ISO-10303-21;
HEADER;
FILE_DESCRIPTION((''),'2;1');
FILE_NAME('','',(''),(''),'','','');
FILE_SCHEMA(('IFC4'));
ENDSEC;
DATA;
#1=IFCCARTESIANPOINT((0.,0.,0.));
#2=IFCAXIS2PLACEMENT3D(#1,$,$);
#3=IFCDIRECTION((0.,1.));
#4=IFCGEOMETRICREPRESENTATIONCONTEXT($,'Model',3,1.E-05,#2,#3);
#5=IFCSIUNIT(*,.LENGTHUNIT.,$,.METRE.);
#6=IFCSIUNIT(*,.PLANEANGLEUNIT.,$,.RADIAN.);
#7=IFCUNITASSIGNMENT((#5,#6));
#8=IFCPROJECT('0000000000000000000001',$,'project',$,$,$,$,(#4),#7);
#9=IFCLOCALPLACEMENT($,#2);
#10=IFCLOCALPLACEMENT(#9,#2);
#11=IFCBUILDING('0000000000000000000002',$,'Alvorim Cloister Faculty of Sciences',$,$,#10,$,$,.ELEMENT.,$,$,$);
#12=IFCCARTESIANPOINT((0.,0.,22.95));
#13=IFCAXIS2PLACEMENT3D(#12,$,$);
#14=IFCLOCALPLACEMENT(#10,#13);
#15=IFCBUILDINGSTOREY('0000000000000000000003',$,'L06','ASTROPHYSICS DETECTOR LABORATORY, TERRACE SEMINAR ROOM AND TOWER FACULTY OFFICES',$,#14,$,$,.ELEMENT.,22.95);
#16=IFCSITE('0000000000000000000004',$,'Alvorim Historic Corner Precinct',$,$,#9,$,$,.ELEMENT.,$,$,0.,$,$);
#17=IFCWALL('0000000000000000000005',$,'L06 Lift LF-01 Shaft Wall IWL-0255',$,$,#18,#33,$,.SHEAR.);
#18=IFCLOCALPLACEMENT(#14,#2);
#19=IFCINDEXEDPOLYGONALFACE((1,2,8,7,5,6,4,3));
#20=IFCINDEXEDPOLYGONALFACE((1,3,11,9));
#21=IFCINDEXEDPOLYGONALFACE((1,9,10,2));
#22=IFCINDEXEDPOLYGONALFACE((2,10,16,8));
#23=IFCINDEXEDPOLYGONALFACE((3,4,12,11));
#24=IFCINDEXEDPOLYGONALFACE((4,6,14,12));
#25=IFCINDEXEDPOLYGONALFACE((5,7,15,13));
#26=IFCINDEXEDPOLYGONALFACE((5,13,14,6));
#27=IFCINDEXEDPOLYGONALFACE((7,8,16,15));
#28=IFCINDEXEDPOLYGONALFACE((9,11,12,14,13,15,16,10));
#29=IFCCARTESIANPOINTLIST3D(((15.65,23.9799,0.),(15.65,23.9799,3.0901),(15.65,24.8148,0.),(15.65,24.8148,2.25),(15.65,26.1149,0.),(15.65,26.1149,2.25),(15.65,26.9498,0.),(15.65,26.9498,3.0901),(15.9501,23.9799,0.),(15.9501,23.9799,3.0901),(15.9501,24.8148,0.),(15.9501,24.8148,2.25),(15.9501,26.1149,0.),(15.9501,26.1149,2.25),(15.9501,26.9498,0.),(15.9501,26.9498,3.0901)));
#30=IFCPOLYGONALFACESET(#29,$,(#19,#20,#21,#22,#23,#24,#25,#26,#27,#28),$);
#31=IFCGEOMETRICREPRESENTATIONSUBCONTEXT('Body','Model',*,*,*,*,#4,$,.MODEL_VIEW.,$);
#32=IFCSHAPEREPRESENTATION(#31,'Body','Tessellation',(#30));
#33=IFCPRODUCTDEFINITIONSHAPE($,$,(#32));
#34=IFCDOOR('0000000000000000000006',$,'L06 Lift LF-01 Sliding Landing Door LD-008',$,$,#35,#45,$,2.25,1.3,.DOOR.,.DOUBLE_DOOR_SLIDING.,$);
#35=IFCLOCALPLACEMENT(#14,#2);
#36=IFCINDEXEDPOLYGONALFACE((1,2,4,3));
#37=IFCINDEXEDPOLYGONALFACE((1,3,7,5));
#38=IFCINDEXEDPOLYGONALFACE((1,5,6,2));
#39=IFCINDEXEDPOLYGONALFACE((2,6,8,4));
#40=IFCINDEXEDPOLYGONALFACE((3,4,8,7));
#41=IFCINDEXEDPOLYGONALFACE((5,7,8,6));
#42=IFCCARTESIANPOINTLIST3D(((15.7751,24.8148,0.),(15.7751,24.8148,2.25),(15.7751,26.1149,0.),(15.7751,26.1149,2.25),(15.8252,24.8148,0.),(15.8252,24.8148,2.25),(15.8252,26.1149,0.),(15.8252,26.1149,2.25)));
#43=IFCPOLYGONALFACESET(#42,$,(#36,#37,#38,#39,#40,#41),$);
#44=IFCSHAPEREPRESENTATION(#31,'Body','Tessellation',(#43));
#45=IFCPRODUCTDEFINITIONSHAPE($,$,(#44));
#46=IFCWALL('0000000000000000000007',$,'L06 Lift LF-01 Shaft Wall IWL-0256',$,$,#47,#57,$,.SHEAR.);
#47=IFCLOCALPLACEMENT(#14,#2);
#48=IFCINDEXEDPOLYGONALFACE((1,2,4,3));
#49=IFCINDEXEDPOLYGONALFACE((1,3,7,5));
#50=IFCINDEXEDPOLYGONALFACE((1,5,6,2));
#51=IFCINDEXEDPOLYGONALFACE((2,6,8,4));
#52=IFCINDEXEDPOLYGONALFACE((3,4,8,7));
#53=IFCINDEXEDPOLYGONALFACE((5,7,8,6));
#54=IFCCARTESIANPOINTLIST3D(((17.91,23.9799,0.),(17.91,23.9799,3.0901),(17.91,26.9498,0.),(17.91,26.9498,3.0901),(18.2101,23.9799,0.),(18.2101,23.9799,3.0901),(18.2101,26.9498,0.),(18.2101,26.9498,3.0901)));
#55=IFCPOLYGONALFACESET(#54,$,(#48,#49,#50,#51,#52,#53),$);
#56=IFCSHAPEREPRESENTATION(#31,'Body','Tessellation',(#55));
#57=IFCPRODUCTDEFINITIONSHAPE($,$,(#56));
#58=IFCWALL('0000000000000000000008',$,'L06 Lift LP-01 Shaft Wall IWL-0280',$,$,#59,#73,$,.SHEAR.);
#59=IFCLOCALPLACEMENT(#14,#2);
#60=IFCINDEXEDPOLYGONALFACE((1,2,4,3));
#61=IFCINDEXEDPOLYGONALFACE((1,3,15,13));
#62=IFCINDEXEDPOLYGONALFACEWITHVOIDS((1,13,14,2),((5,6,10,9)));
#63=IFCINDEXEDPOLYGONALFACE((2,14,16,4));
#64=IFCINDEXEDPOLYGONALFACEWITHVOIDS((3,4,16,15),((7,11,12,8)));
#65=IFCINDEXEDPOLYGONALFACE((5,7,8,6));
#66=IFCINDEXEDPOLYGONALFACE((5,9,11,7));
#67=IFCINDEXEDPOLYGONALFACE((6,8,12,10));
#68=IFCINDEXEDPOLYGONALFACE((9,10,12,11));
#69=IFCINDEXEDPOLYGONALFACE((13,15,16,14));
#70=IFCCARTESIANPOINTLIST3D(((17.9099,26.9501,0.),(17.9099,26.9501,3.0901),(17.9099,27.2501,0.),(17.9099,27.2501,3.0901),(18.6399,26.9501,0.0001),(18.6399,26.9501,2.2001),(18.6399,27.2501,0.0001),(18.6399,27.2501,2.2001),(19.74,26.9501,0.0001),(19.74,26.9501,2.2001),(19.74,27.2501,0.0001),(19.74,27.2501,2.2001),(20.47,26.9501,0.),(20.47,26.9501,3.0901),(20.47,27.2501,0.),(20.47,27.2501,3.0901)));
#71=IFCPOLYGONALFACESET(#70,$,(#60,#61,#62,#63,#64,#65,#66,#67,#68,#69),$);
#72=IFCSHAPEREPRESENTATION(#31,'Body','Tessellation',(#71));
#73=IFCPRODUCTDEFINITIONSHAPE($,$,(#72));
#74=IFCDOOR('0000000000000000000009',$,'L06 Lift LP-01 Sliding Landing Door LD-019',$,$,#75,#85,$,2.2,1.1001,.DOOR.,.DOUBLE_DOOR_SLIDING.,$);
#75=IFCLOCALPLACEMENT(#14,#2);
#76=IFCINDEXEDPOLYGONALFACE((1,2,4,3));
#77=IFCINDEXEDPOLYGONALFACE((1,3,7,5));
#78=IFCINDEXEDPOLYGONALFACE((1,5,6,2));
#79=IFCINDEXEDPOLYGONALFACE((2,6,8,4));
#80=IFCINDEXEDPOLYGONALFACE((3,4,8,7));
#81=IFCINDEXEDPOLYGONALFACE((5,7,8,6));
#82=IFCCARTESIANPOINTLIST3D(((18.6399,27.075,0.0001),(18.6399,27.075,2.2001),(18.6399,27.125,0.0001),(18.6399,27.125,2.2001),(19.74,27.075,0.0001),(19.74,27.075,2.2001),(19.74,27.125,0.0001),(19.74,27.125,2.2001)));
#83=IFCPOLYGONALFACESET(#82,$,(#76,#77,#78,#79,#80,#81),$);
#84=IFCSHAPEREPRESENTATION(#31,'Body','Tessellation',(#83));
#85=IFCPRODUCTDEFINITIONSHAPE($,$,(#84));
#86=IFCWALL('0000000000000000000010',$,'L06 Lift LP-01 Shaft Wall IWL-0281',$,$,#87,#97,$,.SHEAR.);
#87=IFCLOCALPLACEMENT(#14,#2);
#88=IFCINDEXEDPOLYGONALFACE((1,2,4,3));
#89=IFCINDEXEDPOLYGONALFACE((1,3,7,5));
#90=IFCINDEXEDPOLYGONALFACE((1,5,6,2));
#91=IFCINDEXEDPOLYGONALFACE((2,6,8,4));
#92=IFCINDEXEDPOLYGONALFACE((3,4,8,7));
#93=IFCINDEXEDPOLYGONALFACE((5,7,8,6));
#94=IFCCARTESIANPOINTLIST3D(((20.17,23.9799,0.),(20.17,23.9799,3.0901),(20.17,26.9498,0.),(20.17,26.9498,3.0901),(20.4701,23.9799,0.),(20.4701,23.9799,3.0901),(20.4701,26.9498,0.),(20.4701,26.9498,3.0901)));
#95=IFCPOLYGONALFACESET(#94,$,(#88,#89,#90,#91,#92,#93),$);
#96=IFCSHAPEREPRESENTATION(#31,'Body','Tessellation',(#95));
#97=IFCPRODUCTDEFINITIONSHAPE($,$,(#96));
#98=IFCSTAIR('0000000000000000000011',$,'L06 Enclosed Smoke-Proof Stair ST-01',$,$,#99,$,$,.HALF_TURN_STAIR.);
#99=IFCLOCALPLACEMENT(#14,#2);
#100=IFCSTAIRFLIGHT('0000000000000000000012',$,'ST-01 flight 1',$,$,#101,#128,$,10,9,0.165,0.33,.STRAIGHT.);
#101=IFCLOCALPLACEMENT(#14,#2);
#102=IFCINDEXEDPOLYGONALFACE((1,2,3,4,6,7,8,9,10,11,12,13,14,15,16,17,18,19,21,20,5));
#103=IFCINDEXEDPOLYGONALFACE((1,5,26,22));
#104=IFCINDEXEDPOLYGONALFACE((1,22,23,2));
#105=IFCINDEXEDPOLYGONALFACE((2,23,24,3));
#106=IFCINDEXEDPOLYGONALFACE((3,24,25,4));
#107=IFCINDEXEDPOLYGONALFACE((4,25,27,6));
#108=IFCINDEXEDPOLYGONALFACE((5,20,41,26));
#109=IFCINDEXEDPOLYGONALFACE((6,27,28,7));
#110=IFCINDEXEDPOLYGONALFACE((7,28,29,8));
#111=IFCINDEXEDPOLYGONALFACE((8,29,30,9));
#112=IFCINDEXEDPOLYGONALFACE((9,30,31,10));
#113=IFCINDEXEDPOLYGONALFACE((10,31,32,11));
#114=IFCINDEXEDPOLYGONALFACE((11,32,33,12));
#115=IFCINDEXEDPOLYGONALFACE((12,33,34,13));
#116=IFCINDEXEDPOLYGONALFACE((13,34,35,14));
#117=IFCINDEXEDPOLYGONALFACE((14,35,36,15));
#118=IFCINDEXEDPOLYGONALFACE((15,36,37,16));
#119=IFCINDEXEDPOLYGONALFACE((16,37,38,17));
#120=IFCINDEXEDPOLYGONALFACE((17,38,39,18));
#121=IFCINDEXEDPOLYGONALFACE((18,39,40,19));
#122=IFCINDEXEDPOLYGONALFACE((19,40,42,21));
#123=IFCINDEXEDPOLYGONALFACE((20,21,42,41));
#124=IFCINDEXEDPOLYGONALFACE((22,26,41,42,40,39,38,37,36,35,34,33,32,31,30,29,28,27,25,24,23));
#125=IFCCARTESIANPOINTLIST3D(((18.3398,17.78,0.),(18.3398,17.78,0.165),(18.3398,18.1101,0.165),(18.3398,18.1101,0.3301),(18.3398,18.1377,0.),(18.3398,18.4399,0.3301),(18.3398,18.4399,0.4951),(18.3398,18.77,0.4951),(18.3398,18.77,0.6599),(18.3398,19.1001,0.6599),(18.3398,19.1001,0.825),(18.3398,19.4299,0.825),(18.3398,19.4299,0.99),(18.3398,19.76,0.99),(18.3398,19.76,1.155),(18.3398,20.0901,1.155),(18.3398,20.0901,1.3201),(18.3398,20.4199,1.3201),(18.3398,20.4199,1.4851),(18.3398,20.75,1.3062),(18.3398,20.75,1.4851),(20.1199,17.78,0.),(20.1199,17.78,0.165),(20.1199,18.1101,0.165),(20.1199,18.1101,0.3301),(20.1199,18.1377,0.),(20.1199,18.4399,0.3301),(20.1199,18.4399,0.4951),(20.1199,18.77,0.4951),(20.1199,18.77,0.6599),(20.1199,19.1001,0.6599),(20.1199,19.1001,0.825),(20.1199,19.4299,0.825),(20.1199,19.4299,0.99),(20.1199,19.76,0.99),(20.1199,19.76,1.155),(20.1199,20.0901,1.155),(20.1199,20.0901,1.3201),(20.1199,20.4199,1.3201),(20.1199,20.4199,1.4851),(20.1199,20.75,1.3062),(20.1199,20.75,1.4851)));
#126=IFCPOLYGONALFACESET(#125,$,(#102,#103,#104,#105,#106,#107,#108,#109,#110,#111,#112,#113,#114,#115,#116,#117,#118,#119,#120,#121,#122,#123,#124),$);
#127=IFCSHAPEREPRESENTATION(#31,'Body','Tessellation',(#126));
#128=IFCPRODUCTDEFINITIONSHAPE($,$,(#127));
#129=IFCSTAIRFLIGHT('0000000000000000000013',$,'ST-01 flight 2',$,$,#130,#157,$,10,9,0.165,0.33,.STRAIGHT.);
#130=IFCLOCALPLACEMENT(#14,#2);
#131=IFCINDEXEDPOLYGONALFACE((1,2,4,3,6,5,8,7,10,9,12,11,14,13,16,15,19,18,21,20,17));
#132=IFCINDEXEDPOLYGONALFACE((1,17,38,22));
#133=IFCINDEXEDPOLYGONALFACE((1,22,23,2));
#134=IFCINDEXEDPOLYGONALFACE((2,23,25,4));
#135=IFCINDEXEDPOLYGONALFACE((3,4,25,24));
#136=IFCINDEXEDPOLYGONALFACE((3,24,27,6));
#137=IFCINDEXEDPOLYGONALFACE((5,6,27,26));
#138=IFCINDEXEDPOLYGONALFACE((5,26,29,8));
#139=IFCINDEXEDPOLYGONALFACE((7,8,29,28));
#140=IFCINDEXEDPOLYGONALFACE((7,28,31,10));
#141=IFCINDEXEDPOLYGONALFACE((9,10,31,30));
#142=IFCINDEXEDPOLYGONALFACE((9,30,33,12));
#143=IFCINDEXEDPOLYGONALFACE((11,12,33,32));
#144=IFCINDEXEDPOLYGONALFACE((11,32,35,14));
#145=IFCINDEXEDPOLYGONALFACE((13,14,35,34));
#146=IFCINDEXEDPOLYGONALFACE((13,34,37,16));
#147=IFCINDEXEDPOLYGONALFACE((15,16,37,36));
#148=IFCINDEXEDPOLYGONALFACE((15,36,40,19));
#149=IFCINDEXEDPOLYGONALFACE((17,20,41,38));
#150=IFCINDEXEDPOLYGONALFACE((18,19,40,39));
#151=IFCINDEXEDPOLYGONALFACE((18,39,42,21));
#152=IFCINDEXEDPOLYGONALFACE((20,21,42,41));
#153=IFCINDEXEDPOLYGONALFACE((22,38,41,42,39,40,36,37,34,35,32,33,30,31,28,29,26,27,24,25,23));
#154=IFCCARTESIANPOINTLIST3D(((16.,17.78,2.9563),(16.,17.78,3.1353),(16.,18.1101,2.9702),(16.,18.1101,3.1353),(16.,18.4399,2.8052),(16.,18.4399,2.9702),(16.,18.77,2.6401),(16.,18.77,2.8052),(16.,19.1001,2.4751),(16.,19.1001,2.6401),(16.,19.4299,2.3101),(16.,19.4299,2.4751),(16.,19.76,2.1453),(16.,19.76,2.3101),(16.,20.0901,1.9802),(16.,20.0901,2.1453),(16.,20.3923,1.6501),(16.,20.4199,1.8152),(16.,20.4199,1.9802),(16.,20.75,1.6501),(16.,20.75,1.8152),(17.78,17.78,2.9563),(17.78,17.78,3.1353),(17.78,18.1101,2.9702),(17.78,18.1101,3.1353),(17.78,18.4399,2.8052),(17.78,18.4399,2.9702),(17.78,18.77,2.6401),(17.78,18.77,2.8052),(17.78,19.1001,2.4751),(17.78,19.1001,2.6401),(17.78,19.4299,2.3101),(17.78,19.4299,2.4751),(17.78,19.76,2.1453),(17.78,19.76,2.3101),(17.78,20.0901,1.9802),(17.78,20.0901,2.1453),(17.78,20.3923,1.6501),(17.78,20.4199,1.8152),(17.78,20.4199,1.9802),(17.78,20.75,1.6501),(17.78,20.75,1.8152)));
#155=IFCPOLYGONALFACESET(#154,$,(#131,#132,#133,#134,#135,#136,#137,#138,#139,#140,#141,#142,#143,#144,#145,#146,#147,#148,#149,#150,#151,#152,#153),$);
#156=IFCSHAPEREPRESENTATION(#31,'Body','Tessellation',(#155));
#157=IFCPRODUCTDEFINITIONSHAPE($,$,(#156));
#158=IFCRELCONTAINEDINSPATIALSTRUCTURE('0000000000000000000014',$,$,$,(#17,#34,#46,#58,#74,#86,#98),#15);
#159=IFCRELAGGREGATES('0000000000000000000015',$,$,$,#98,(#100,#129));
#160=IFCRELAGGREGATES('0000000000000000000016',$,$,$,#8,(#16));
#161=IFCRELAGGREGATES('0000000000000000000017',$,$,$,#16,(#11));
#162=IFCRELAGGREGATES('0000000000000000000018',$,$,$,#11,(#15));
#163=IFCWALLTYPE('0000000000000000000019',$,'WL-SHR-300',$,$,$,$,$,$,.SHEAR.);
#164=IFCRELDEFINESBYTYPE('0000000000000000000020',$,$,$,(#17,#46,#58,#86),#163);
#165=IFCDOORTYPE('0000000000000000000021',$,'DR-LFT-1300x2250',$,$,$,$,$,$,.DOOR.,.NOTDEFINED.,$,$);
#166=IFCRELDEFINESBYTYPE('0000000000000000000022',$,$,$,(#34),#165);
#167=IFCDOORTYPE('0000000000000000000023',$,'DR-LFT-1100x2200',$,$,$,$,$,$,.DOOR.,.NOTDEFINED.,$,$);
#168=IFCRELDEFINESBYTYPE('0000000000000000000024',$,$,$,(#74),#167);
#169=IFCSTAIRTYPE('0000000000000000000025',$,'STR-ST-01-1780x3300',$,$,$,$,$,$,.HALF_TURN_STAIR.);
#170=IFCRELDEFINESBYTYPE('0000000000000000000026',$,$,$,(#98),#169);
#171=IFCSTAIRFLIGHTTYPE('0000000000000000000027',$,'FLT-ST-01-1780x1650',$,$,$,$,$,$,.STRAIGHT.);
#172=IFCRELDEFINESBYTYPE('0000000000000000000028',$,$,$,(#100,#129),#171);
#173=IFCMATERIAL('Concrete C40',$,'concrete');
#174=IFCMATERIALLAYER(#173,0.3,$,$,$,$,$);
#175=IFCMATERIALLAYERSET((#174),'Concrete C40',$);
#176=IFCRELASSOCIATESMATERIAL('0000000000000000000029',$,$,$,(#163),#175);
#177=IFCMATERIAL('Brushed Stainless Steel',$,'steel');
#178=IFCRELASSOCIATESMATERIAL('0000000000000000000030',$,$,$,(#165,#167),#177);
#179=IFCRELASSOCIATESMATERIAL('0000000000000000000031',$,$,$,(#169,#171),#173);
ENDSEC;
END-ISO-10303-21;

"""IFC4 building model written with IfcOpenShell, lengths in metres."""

from ifc_helpers import new_model, si_unit, direction, frame, frame_2d, origin, place, context, subcontext, project, spatial, polyline, rectangle, outline, extrude, material, layer, layer_set, type_object, element, fill, aggregate, save


model = new_model("IFC4")

# Units and contexts
model_context = context("Model", 3, precision=1e-05, world=origin(), true_north=direction((0.0, 1.0)))
body_context = subcontext(model_context, "Body", "Model", "MODEL_VIEW")
ifc_project = project(units=[si_unit("LENGTHUNIT", "METRE"), si_unit("PLANEANGLEUNIT", "RADIAN")], contexts=[model_context])

# Site, building, storey
site_placement = place(None, origin())
site = spatial("IfcSite", under=ifc_project, at=site_placement, Name="Alvorim Historic Corner Precinct", CompositionType="ELEMENT", RefElevation=0.0)
building_placement = place(site_placement, origin())
building = spatial("IfcBuilding", under=site, at=building_placement, Name="Alvorim Cloister Faculty of Sciences", CompositionType="ELEMENT")
storey_placement = place(building_placement, frame((0.0, 0.0, 22.95)))
storey = spatial("IfcBuildingStorey", under=building, at=storey_placement, Name="L06", Description="ASTROPHYSICS DETECTOR LABORATORY, TERRACE SEMINAR ROOM AND TOWER FACULTY OFFICES", CompositionType="ELEMENT", Elevation=22.95)

# Shared definitions
ifc_material_1 = material(Name="Concrete C40", Category="concrete")
ifc_layer = layer(ifc_material_1, 0.3)
ifc_layer_set = layer_set([ifc_layer], Name="Concrete C40")
wall_type = type_object("IfcWallType", Name="WL-SHR-300", PredefinedType="SHEAR", material=ifc_layer_set)

# Wall, opening, door
wall_1_placement = place(storey_placement, frame((15.8, 23.98, 0.0), z_axis=(0.0, 0.0, 1.0), x_axis=(0.0, 1.0, 0.0)))
wall_1 = element("IfcWall", 1, at=wall_1_placement, inside=storey, type_object=wall_type, Name="L06 Lift LF-01 Shaft Wall IWL-0255", PredefinedType="SHEAR", context=body_context, shape_type="SweptSolid", body=[
    extrude(rectangle(XDim=2.97, YDim=0.3, at=frame_2d((1.4849, 0.0))), origin(), (0.0, 0.0, 1.0), 3.0901),
])
opening_1_placement = place(wall_1_placement, frame((0.835, 0.0, 0.0)))
opening_1 = element("IfcOpeningElement", 2, at=opening_1_placement, cuts=wall_1, PredefinedType="OPENING", context=body_context, shape_type="SweptSolid", body=[
    extrude(rectangle(XDim=1.3, YDim=2.25, at=frame_2d((0.6499, 1.125))), frame((0.0, 0.1621, 0.0), z_axis=(0.0, -1.0, 0.0), x_axis=(1.0, 0.0, 0.0)), (0.0, 0.0, 1.0), 0.324),
])
ifc_material_2 = material(Name="Brushed Stainless Steel", Category="steel")
door_type_1 = type_object("IfcDoorType", Name="DR-LFT-1300x2250", OperationType="NOTDEFINED", PredefinedType="DOOR", material=ifc_material_2)
door_1_placement = place(opening_1_placement, origin())
door_1 = element("IfcDoor", 3, at=door_1_placement, inside=storey, type_object=door_type_1, Name="L06 Lift LF-01 Sliding Landing Door LD-008", OperationType="DOUBLE_DOOR_SLIDING", OverallHeight=2.25, OverallWidth=1.3, PredefinedType="DOOR", context=body_context, shape_type="SweptSolid", body=[
    extrude(rectangle(XDim=1.3, YDim=2.25, at=frame_2d((0.6499, 1.125))), frame((0.0, 0.0249, 0.0), z_axis=(0.0, -1.0, 0.0), x_axis=(1.0, 0.0, 0.0)), (0.0, 0.0, 1.0), 0.05),
])
fill(opening_1, door_1)

# Wall
wall_2_placement = place(storey_placement, frame((18.0601, 23.98, 0.0), z_axis=(0.0, 0.0, 1.0), x_axis=(0.0, 1.0, 0.0)))
element("IfcWall", 4, at=wall_2_placement, inside=storey, type_object=wall_type, Name="L06 Lift LF-01 Shaft Wall IWL-0256", PredefinedType="SHEAR", context=body_context, shape_type="SweptSolid", body=[
    extrude(rectangle(XDim=2.97, YDim=0.3, at=frame_2d((1.4849, 0.0))), origin(), (0.0, 0.0, 1.0), 3.0901),
])

# Wall, opening, door
wall_3_placement = place(storey_placement, frame((17.9099, 27.1001, 0.0), z_axis=(0.0, 0.0, 1.0), x_axis=(1.0, 0.0, 0.0)))
wall_3 = element("IfcWall", 5, at=wall_3_placement, inside=storey, type_object=wall_type, Name="L06 Lift LP-01 Shaft Wall IWL-0280", PredefinedType="SHEAR", context=body_context, shape_type="SweptSolid", body=[
    extrude(rectangle(XDim=2.5601, YDim=0.3, at=frame_2d((1.28, 0.0))), origin(), (0.0, 0.0, 1.0), 3.0901),
])
opening_2_placement = place(wall_3_placement, frame((0.73, 0.0, 0.0)))
opening_2 = element("IfcOpeningElement", 6, at=opening_2_placement, cuts=wall_3, PredefinedType="OPENING", context=body_context, shape_type="SweptSolid", body=[
    extrude(rectangle(XDim=1.1001, YDim=2.2, at=frame_2d((0.55, 1.1001))), frame((0.0, 0.1621, 0.0), z_axis=(0.0, -1.0, 0.0), x_axis=(1.0, 0.0, 0.0)), (0.0, 0.0, 1.0), 0.324),
])
door_type_2 = type_object("IfcDoorType", Name="DR-LFT-1100x2200", OperationType="NOTDEFINED", PredefinedType="DOOR", material=ifc_material_2)
door_2_placement = place(opening_2_placement, origin())
door_2 = element("IfcDoor", 7, at=door_2_placement, inside=storey, type_object=door_type_2, Name="L06 Lift LP-01 Sliding Landing Door LD-019", OperationType="DOUBLE_DOOR_SLIDING", OverallHeight=2.2, OverallWidth=1.1001, PredefinedType="DOOR", context=body_context, shape_type="SweptSolid", body=[
    extrude(rectangle(XDim=1.1001, YDim=2.2, at=frame_2d((0.55, 1.1001))), frame((0.0, 0.0249, 0.0), z_axis=(0.0, -1.0, 0.0), x_axis=(1.0, 0.0, 0.0)), (0.0, 0.0, 1.0), 0.05),
])
fill(opening_2, door_2)

# Wall
wall_4_placement = place(storey_placement, frame((20.3201, 23.98, 0.0), z_axis=(0.0, 0.0, 1.0), x_axis=(0.0, 1.0, 0.0)))
element("IfcWall", 8, at=wall_4_placement, inside=storey, type_object=wall_type, Name="L06 Lift LP-01 Shaft Wall IWL-0281", PredefinedType="SHEAR", context=body_context, shape_type="SweptSolid", body=[
    extrude(rectangle(XDim=2.97, YDim=0.3, at=frame_2d((1.4849, 0.0))), origin(), (0.0, 0.0, 1.0), 3.0901),
])

# Stair, stair flights
stair_type = type_object("IfcStairType", Name="STR-ST-01-1780x3300", PredefinedType="HALF_TURN_STAIR", material=ifc_material_1)
stair_placement = place(storey_placement, origin())
stair = element("IfcStair", 9, at=stair_placement, inside=storey, type_object=stair_type, Name="L06 Enclosed Smoke-Proof Stair ST-01", PredefinedType="HALF_TURN_STAIR")
stair_flight_type = type_object("IfcStairFlightType", Name="FLT-ST-01-1780x1650", PredefinedType="STRAIGHT", material=ifc_material_1)
stair_flight_1_placement = place(storey_placement, frame((19.23, 17.78, 0.0), z_axis=(0.0, 0.0, 1.0), x_axis=(0.0, 1.0, 0.0)))
stair_flight_1 = element("IfcStairFlight", 10, at=stair_flight_1_placement, type_object=stair_flight_type, Name="ST-01 flight 1", NumberOfRisers=10, NumberOfTreads=9, PredefinedType="STRAIGHT", RiserHeight=0.165, TreadLength=0.33, context=body_context, shape_type="SweptSolid", body=[
    extrude(outline(polyline([(0.3577, 0.0), (2.97, 1.3062), (2.97, 1.6499), (2.97, 1.4851), (2.6399, 1.4851), (2.6399, 1.3201), (2.3101, 1.3201), (2.3101, 1.155), (1.98, 1.155), (1.98, 0.99), (1.6499, 0.99), (1.6499, 0.825), (1.3201, 0.825), (1.3201, 0.6599), (0.99, 0.6599), (0.99, 0.4951), (0.6599, 0.4951), (0.6599, 0.3301), (0.3301, 0.3301), (0.3301, 0.165), (0.0, 0.165), (0.0, 0.0), (0.3577, 0.0)])), frame((0.0, 0.8901, 0.0), z_axis=(0.0, -1.0, 0.0), x_axis=(1.0, 0.0, 0.0)), (0.0, 0.0, 1.0), 1.78),
])
stair_flight_2_placement = place(storey_placement, frame((16.8899, 20.75, 1.6501), z_axis=(0.0, 0.0, 1.0), x_axis=(0.0, -1.0, 0.0)))
stair_flight_2 = element("IfcStairFlight", 11, at=stair_flight_2_placement, type_object=stair_flight_type, Name="ST-01 flight 2", NumberOfRisers=10, NumberOfTreads=9, PredefinedType="STRAIGHT", RiserHeight=0.165, TreadLength=0.33, context=body_context, shape_type="SweptSolid", body=[
    extrude(outline(polyline([(0.3577, 0.0), (2.97, 1.3062), (2.97, 1.6499), (2.97, 1.4851), (2.6399, 1.4851), (2.6399, 1.3201), (2.3101, 1.3201), (2.3101, 1.155), (1.98, 1.155), (1.98, 0.99), (1.6499, 0.99), (1.6499, 0.825), (1.3201, 0.825), (1.3201, 0.6599), (0.99, 0.6599), (0.99, 0.4951), (0.6599, 0.4951), (0.6599, 0.3301), (0.3301, 0.3301), (0.3301, 0.165), (0.0, 0.165), (0.0, 0.0), (0.3577, 0.0)])), frame((0.0, 0.8901, 0.0), z_axis=(0.0, -1.0, 0.0), x_axis=(1.0, 0.0, 0.0)), (0.0, 0.0, 1.0), 1.78),
])
aggregate(stair, [stair_flight_1, stair_flight_2])

save(model, "model.ifc")
